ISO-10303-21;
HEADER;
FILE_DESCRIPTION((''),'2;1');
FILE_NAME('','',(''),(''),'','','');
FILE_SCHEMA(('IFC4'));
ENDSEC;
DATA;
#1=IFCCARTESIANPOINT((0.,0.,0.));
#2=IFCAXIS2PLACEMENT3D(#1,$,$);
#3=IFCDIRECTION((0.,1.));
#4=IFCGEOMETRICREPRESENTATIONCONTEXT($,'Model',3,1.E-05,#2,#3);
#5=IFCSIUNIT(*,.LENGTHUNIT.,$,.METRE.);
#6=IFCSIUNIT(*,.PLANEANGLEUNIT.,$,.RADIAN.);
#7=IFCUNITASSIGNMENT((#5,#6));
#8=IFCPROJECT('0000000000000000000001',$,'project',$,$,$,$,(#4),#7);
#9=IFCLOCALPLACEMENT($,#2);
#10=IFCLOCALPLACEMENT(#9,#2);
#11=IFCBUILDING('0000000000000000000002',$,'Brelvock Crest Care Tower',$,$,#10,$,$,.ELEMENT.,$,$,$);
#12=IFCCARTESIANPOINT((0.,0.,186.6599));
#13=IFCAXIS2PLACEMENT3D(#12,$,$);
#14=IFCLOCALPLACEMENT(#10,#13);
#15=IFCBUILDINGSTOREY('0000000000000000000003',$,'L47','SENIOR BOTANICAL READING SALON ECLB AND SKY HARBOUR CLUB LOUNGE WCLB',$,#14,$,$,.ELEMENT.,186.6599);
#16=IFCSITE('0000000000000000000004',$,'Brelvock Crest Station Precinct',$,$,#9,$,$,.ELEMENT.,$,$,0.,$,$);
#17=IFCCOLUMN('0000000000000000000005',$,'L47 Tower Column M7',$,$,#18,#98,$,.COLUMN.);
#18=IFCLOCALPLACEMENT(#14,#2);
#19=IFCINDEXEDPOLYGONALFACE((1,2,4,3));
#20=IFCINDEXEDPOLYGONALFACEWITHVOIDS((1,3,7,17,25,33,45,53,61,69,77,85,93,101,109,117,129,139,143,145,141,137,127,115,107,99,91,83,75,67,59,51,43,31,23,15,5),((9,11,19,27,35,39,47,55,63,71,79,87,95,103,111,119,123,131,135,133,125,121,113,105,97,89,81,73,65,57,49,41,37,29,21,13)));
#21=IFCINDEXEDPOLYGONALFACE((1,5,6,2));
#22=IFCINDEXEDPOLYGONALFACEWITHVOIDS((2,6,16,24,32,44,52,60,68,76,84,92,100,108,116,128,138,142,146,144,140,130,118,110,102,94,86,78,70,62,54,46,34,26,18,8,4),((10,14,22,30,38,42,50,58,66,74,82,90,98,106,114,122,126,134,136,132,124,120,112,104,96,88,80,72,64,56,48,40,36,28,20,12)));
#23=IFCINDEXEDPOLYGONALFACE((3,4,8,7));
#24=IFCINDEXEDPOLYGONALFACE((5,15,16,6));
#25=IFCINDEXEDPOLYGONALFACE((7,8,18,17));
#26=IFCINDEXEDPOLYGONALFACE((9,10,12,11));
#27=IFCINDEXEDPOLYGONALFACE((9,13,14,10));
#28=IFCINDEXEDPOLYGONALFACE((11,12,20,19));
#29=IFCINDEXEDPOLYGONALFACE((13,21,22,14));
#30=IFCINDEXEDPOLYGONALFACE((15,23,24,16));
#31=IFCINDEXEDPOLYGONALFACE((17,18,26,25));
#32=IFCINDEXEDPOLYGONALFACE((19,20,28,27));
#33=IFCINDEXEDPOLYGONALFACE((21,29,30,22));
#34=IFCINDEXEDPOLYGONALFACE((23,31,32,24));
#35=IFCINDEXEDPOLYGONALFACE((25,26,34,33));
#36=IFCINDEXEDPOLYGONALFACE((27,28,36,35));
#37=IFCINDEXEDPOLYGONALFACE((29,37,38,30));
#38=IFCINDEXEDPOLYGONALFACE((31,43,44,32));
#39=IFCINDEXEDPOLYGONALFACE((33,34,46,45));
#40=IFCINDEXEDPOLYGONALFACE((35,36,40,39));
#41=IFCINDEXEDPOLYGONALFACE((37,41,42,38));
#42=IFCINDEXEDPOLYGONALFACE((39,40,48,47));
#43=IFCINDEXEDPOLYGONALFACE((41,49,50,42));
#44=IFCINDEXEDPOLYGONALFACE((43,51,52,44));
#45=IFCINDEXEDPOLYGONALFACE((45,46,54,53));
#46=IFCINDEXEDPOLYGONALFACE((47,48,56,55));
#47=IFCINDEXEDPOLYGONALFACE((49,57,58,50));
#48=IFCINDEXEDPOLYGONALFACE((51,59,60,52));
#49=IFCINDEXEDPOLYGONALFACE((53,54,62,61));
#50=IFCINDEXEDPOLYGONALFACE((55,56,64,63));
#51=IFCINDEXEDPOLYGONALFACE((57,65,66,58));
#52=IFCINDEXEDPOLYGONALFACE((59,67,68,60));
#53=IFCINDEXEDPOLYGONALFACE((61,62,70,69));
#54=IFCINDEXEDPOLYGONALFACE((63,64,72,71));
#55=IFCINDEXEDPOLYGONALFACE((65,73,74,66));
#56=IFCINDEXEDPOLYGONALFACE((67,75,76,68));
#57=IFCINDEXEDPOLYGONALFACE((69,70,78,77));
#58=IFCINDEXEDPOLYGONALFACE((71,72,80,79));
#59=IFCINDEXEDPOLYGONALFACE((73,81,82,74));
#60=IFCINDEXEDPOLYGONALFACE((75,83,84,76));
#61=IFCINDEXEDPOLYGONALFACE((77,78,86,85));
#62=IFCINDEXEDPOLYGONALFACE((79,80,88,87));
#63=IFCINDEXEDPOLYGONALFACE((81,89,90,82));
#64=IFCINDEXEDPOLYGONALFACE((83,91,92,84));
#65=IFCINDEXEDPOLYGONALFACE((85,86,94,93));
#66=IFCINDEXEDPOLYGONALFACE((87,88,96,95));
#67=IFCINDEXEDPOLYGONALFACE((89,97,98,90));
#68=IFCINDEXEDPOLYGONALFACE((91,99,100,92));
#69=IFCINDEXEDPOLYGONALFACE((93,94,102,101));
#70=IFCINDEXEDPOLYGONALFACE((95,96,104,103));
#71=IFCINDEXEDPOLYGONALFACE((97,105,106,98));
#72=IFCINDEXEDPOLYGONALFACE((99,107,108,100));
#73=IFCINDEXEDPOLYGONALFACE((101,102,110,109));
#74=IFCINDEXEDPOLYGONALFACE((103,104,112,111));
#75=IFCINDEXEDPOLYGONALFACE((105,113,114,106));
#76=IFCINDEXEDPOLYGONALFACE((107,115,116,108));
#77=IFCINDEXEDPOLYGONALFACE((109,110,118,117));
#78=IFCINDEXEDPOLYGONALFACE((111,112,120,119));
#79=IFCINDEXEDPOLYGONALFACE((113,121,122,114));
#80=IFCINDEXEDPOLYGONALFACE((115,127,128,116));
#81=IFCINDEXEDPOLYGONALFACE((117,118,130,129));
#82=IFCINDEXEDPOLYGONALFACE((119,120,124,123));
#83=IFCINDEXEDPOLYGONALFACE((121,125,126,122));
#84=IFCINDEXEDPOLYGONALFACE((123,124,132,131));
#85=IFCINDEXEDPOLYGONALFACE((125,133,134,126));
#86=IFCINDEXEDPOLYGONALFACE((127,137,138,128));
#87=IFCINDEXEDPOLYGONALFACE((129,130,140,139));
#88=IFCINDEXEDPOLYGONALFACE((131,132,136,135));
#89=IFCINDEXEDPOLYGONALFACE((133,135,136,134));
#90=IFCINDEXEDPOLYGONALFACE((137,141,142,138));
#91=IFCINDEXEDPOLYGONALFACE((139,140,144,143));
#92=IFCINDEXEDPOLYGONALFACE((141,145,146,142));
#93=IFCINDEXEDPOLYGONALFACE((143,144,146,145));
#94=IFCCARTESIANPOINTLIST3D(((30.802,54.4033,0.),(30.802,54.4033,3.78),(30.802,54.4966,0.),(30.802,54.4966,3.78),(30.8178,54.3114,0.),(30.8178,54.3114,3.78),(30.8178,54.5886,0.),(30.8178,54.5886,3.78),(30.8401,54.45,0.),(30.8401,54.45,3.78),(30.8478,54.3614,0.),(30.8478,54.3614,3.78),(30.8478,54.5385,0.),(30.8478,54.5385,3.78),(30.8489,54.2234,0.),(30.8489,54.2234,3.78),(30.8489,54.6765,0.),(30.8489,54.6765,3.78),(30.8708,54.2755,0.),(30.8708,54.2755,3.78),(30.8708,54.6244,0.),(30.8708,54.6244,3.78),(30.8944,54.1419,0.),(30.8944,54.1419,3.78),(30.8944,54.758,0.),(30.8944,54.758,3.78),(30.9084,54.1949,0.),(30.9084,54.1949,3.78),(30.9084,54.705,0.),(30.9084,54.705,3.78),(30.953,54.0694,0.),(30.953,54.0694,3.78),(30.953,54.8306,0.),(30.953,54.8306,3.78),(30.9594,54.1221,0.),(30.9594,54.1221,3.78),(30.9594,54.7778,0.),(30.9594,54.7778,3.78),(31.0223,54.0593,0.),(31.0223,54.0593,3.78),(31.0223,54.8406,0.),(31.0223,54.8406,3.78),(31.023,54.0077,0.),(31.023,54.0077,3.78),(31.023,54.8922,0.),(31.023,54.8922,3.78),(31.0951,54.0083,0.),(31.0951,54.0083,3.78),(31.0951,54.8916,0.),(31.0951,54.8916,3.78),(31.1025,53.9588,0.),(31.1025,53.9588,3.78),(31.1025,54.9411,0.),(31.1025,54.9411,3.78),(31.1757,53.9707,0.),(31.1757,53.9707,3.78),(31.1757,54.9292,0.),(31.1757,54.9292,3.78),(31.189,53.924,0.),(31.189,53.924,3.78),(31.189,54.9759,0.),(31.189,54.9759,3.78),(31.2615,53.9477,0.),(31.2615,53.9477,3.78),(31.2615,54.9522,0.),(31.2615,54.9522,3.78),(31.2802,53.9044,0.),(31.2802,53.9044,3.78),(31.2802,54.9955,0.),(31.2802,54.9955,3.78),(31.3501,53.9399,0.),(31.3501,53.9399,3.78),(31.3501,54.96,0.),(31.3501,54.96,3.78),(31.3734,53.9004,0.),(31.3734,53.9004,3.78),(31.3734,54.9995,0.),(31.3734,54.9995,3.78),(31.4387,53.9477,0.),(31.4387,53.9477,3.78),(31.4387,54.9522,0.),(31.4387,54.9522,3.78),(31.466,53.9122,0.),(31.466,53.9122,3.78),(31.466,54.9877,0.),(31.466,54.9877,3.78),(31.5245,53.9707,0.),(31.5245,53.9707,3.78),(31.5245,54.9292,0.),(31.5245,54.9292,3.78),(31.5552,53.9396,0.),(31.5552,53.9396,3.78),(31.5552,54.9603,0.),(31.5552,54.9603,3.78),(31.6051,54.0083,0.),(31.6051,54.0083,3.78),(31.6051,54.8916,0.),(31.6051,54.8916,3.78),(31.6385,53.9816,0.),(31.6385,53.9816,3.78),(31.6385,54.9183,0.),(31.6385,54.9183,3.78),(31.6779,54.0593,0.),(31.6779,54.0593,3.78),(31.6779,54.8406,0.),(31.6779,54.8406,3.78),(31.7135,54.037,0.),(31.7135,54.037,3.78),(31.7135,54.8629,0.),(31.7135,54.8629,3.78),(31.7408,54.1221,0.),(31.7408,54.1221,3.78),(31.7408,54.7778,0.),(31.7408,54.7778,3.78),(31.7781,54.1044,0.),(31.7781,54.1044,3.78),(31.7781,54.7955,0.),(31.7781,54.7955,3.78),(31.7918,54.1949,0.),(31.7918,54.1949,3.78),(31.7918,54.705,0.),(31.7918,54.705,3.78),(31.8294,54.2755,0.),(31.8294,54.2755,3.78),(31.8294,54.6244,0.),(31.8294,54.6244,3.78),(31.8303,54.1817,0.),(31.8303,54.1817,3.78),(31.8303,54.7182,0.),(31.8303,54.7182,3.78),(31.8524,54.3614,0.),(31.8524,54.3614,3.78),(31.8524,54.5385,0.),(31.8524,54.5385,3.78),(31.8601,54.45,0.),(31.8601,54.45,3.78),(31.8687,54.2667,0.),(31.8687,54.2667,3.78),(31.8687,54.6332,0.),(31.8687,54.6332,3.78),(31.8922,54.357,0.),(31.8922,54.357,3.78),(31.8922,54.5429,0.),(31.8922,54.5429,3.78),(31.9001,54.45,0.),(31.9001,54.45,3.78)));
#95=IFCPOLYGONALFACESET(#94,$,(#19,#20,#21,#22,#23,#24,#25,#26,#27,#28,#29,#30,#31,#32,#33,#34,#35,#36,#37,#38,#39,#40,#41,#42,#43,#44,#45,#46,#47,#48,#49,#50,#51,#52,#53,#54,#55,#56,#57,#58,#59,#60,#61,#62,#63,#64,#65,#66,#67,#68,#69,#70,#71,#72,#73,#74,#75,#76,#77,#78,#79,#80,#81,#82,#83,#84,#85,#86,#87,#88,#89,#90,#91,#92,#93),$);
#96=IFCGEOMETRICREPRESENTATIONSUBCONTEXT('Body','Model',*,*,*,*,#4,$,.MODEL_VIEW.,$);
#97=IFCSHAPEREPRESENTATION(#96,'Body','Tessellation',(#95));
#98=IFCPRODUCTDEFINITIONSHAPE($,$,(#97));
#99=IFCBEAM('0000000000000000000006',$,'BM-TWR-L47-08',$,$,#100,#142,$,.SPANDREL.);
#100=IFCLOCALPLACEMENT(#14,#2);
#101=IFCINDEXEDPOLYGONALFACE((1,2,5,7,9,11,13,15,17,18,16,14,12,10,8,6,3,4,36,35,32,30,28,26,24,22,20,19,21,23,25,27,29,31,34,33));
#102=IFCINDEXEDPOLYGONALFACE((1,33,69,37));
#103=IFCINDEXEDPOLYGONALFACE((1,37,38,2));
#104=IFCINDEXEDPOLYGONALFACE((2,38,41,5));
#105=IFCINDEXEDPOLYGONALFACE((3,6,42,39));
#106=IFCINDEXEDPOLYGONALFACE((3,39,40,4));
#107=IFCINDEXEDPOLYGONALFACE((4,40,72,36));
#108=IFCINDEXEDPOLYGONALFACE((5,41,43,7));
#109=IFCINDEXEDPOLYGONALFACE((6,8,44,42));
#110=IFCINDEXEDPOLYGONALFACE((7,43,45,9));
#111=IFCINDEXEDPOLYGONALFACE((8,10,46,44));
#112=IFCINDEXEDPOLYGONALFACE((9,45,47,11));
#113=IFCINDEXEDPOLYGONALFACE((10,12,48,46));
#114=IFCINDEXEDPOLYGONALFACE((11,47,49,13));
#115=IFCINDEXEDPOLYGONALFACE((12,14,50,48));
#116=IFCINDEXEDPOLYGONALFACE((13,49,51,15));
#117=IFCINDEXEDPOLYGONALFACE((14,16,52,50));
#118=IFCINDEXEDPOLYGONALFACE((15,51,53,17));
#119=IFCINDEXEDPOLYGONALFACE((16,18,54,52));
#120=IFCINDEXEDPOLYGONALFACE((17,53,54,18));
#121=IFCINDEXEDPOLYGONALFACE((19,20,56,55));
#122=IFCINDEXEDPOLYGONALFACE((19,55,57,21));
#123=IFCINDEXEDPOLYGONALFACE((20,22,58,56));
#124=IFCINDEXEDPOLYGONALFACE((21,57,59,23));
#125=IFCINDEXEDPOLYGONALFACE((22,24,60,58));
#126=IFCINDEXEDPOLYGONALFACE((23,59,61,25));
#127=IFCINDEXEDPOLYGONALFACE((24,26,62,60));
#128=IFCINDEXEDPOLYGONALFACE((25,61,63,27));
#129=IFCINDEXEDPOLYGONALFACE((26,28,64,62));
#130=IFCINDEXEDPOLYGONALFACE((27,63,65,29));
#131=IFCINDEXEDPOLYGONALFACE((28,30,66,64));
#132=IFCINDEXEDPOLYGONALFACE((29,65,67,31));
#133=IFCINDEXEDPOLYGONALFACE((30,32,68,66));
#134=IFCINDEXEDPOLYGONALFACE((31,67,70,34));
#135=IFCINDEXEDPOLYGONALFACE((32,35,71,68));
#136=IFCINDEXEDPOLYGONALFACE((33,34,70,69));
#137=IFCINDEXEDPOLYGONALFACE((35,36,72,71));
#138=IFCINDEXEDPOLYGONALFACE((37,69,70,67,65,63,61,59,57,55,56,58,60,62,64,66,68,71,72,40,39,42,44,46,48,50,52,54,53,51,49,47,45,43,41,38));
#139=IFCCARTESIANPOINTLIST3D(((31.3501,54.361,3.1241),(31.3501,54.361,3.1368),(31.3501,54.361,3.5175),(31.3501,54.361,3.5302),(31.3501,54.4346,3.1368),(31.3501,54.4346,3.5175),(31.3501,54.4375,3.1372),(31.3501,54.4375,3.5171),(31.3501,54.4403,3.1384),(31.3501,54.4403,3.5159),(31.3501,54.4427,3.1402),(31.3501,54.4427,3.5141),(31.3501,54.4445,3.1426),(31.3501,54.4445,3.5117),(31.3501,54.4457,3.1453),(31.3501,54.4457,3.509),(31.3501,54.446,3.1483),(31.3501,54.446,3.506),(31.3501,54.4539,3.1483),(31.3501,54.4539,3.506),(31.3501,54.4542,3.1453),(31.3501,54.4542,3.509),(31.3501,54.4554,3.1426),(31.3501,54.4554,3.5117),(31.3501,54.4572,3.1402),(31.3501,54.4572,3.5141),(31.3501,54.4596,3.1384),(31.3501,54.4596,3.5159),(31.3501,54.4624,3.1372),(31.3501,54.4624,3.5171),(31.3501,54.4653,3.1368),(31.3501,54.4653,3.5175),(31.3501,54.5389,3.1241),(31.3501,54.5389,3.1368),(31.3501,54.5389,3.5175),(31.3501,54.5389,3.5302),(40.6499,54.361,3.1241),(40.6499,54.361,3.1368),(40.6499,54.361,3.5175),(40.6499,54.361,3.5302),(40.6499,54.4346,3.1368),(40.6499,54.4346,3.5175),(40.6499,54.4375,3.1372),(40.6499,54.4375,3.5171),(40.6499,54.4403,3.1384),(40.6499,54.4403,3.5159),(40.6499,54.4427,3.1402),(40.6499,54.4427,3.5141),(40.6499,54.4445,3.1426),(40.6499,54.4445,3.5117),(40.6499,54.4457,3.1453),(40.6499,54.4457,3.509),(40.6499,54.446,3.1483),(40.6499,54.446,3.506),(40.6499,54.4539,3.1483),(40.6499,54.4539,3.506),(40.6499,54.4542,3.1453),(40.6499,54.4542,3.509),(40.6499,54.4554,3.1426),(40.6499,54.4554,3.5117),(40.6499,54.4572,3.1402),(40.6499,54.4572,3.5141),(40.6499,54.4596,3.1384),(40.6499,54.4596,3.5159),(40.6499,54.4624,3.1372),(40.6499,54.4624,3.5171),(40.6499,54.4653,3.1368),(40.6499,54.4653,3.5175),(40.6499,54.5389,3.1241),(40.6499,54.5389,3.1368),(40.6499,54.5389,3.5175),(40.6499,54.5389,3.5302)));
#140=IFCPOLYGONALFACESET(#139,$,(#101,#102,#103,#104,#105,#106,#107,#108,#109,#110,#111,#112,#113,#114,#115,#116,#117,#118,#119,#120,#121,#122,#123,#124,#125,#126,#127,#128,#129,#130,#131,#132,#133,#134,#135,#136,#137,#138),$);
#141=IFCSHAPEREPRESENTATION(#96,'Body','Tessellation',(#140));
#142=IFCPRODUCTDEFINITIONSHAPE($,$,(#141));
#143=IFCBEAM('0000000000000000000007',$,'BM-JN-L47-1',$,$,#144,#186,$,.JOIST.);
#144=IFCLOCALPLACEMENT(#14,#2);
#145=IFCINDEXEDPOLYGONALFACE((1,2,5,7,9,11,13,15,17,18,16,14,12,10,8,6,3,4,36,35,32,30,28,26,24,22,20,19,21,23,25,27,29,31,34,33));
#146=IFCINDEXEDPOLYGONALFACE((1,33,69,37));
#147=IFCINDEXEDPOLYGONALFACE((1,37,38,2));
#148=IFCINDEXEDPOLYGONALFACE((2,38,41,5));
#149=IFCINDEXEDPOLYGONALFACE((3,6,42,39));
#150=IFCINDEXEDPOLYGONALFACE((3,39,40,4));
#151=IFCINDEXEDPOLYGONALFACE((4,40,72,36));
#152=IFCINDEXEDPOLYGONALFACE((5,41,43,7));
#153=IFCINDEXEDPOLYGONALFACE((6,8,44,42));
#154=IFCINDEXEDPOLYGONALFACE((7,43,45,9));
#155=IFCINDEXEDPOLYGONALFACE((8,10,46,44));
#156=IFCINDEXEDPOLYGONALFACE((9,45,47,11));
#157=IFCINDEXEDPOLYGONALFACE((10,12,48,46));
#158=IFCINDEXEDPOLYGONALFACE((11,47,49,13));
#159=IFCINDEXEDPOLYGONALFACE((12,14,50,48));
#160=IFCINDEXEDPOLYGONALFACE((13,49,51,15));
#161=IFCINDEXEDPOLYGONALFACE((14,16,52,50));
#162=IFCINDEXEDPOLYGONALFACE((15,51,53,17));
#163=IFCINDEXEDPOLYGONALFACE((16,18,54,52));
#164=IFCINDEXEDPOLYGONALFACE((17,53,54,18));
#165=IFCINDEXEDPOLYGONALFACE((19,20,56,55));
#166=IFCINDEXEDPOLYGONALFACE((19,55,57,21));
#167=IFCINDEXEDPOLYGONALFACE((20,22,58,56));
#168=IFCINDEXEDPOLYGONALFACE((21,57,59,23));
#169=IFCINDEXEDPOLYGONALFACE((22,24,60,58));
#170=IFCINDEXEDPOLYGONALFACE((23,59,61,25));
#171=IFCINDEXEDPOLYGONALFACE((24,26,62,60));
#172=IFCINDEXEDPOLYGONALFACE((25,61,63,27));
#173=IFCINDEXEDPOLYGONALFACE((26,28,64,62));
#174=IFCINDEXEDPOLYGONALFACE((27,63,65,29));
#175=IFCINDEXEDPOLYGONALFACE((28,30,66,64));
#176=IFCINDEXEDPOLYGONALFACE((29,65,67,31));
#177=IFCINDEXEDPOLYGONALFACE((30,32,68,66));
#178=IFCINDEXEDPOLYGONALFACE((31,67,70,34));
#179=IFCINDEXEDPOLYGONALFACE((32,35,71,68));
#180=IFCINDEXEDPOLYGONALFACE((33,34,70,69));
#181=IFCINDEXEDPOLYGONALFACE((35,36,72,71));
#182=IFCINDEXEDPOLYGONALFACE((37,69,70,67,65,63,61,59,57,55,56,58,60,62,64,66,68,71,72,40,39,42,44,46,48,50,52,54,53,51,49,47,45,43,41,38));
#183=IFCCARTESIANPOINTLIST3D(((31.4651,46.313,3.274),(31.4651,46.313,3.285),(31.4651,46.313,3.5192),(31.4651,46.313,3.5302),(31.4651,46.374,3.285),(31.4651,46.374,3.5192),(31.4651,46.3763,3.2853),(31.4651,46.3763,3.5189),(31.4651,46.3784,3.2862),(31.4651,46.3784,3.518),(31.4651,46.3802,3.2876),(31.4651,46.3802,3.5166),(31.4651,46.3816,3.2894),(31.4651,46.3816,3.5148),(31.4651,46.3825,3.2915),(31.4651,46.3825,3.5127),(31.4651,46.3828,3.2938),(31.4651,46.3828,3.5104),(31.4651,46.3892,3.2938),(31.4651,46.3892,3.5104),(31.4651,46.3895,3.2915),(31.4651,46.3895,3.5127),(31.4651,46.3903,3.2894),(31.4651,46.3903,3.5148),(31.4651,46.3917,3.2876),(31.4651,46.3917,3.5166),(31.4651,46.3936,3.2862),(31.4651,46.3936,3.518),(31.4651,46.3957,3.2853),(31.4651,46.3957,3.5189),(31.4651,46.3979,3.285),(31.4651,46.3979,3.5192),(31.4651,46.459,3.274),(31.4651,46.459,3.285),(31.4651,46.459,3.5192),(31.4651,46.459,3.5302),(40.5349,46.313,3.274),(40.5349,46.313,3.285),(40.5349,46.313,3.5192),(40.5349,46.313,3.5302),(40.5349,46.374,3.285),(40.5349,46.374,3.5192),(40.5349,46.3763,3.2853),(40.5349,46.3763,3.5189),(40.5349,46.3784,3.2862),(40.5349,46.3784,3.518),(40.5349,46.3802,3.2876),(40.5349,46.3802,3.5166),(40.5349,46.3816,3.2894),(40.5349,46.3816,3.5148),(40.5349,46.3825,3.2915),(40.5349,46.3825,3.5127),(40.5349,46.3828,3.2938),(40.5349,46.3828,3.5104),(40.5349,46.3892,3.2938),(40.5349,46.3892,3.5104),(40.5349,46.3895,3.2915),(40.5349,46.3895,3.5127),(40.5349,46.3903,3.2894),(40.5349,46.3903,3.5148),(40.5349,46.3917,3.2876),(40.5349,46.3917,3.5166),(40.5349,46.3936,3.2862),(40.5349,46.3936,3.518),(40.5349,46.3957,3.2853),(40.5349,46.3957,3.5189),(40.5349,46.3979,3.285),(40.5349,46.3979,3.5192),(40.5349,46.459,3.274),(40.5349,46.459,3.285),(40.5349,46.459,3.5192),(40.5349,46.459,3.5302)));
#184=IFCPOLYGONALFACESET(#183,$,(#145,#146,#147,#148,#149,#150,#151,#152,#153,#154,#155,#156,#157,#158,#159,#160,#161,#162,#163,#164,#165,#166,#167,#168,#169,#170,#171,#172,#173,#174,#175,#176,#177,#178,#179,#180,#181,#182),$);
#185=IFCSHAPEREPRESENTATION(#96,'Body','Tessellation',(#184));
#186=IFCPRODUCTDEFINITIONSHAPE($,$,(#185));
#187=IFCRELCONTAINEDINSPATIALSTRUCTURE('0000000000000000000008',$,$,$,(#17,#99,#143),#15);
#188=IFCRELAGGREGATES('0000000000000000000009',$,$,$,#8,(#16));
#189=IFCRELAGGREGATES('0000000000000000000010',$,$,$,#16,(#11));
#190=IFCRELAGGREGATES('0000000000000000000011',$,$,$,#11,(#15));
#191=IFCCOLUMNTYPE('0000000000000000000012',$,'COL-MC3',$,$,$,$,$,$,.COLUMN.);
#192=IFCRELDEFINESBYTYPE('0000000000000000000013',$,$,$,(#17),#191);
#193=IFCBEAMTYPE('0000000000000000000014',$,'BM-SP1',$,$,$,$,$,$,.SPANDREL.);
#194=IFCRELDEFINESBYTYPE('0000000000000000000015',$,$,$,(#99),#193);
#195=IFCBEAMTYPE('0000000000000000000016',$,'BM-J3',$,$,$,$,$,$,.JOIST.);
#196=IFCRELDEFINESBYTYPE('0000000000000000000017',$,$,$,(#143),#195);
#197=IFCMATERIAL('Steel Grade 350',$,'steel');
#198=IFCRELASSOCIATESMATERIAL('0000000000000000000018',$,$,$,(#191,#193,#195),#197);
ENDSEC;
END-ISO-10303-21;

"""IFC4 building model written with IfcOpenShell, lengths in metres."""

from ifc_helpers import new_model, si_unit, direction, frame, origin, origin_2d, place, context, subcontext, project, spatial, hollow_circle, i_section, extrude, source, transform, mapped, material, material_profile, profile_set, type_object, element, save


model = new_model("IFC4")

# Units and contexts
model_context = context("Model", 3, precision=1e-05, world=origin(), true_north=direction((0.0, 1.0)))
body_context = subcontext(model_context, "Body", "Model", "MODEL_VIEW")
ifc_project = project(units=[si_unit("LENGTHUNIT", "METRE"), si_unit("PLANEANGLEUNIT", "RADIAN")], contexts=[model_context])

# Site, building, storey
site_placement = place(None, origin())
site = spatial("IfcSite", under=ifc_project, at=site_placement, Name="Brelvock Crest Station Precinct", CompositionType="ELEMENT", RefElevation=0.0)
building_placement = place(site_placement, origin())
building = spatial("IfcBuilding", under=site, at=building_placement, Name="Brelvock Crest Care Tower", CompositionType="ELEMENT")
storey_placement = place(building_placement, frame((0.0, 0.0, 186.6599)))
storey = spatial("IfcBuildingStorey", under=building, at=storey_placement, Name="L47", Description="SENIOR BOTANICAL READING SALON ECLB AND SKY HARBOUR CLUB LOUNGE WCLB", CompositionType="ELEMENT", Elevation=186.6599)

# Column
ifc_material_1 = material(Name="Steel Grade 350", Category="steel")
ifc_material_profile_1 = material_profile(ifc_material_1, hollow_circle(Radius=0.55, WallThickness=0.04, at=origin_2d()), Name="CFT1100x40")
ifc_profile_set_1 = profile_set([ifc_material_profile_1], Name="Steel Grade 350")
column_type = type_object("IfcColumnType", Name="COL-MC3", PredefinedType="COLUMN", material=ifc_profile_set_1)
shared_shape_1 = source(origin(), body_context, "Body", "SweptSolid", [
    extrude(hollow_circle(Radius=0.55, WallThickness=0.04, at=origin_2d()), origin(), (0.0, 0.0, 1.0), 3.78),
])
column_placement = place(storey_placement, frame((31.3501, 54.45, 0.0), z_axis=(0.0, 0.0, 1.0), x_axis=(1.0, 0.0, 0.0)))
element("IfcColumn", 1, at=column_placement, inside=storey, type_object=column_type, Name="L47 Tower Column M7", PredefinedType="COLUMN", context=body_context, shape_type="MappedRepresentation", body=[
    mapped(shared_shape_1, transform((0.0, 0.0, 0.0), x_axis=(1.0, 0.0, 0.0), y_axis=(0.0, 1.0, 0.0), z_axis=(0.0, 0.0, 1.0), scale=1.0)),
])

# Beams
ifc_material_profile_2 = material_profile(ifc_material_1, i_section(OverallWidth=0.178, OverallDepth=0.406, WebThickness=0.0078, FlangeThickness=0.0127, FilletRadius=0.0115, at=origin_2d()), Name="410UB59.7")
ifc_profile_set_2 = profile_set([ifc_material_profile_2], Name="Steel Grade 350")
beam_type_1 = type_object("IfcBeamType", Name="BM-SP1", PredefinedType="SPANDREL", material=ifc_profile_set_2)
shared_shape_2 = source(origin(), body_context, "Body", "SweptSolid", [
    extrude(i_section(OverallWidth=0.178, OverallDepth=0.406, WebThickness=0.0078, FlangeThickness=0.0127, FilletRadius=0.0115, at=origin_2d()), origin(), (0.0, 0.0, 1.0), 9.2998),
])
beam_placement = place(storey_placement, frame((31.3501, 54.45, 3.3271), z_axis=(1.0, 0.0, 0.0), x_axis=(0.0, 1.0, 0.0)))
element("IfcBeam", 2, at=beam_placement, inside=storey, type_object=beam_type_1, Name="BM-TWR-L47-08", PredefinedType="SPANDREL", context=body_context, shape_type="MappedRepresentation", body=[
    mapped(shared_shape_2, transform((0.0, 0.0, 0.0), x_axis=(1.0, 0.0, 0.0), y_axis=(0.0, 1.0, 0.0), z_axis=(0.0, 0.0, 1.0), scale=1.0)),
])
ifc_material_profile_3 = material_profile(ifc_material_1, i_section(OverallWidth=0.146, OverallDepth=0.2561, WebThickness=0.0063, FlangeThickness=0.011, FilletRadius=0.0088, at=origin_2d()), Name="250UB37.3")
ifc_profile_set_3 = profile_set([ifc_material_profile_3], Name="Steel Grade 350")
beam_type_2 = type_object("IfcBeamType", Name="BM-J3", PredefinedType="JOIST", material=ifc_profile_set_3)
shared_shape_3 = source(origin(), body_context, "Body", "SweptSolid", [
    extrude(i_section(OverallWidth=0.146, OverallDepth=0.2561, WebThickness=0.0063, FlangeThickness=0.011, FilletRadius=0.0088, at=origin_2d()), origin(), (0.0, 0.0, 1.0), 9.0698),
])
for number, where, z_axis, x_axis, name in (
    (3, (31.4651, 46.386, 3.4021), (1.0, 0.0, 0.0), (0.0, 1.0, 0.0), "BM-JN-L47-1"),
):
    element("IfcBeam", number, at=place(storey_placement, frame(where, z_axis=z_axis, x_axis=x_axis)), inside=storey, type_object=beam_type_2, Name=name, PredefinedType="JOIST", context=body_context, shape_type="MappedRepresentation", body=[
        mapped(shared_shape_3, transform((0.0, 0.0, 0.0), x_axis=(1.0, 0.0, 0.0), y_axis=(0.0, 1.0, 0.0), z_axis=(0.0, 0.0, 1.0), scale=1.0)),
    ])

save(model, "model.ifc")
